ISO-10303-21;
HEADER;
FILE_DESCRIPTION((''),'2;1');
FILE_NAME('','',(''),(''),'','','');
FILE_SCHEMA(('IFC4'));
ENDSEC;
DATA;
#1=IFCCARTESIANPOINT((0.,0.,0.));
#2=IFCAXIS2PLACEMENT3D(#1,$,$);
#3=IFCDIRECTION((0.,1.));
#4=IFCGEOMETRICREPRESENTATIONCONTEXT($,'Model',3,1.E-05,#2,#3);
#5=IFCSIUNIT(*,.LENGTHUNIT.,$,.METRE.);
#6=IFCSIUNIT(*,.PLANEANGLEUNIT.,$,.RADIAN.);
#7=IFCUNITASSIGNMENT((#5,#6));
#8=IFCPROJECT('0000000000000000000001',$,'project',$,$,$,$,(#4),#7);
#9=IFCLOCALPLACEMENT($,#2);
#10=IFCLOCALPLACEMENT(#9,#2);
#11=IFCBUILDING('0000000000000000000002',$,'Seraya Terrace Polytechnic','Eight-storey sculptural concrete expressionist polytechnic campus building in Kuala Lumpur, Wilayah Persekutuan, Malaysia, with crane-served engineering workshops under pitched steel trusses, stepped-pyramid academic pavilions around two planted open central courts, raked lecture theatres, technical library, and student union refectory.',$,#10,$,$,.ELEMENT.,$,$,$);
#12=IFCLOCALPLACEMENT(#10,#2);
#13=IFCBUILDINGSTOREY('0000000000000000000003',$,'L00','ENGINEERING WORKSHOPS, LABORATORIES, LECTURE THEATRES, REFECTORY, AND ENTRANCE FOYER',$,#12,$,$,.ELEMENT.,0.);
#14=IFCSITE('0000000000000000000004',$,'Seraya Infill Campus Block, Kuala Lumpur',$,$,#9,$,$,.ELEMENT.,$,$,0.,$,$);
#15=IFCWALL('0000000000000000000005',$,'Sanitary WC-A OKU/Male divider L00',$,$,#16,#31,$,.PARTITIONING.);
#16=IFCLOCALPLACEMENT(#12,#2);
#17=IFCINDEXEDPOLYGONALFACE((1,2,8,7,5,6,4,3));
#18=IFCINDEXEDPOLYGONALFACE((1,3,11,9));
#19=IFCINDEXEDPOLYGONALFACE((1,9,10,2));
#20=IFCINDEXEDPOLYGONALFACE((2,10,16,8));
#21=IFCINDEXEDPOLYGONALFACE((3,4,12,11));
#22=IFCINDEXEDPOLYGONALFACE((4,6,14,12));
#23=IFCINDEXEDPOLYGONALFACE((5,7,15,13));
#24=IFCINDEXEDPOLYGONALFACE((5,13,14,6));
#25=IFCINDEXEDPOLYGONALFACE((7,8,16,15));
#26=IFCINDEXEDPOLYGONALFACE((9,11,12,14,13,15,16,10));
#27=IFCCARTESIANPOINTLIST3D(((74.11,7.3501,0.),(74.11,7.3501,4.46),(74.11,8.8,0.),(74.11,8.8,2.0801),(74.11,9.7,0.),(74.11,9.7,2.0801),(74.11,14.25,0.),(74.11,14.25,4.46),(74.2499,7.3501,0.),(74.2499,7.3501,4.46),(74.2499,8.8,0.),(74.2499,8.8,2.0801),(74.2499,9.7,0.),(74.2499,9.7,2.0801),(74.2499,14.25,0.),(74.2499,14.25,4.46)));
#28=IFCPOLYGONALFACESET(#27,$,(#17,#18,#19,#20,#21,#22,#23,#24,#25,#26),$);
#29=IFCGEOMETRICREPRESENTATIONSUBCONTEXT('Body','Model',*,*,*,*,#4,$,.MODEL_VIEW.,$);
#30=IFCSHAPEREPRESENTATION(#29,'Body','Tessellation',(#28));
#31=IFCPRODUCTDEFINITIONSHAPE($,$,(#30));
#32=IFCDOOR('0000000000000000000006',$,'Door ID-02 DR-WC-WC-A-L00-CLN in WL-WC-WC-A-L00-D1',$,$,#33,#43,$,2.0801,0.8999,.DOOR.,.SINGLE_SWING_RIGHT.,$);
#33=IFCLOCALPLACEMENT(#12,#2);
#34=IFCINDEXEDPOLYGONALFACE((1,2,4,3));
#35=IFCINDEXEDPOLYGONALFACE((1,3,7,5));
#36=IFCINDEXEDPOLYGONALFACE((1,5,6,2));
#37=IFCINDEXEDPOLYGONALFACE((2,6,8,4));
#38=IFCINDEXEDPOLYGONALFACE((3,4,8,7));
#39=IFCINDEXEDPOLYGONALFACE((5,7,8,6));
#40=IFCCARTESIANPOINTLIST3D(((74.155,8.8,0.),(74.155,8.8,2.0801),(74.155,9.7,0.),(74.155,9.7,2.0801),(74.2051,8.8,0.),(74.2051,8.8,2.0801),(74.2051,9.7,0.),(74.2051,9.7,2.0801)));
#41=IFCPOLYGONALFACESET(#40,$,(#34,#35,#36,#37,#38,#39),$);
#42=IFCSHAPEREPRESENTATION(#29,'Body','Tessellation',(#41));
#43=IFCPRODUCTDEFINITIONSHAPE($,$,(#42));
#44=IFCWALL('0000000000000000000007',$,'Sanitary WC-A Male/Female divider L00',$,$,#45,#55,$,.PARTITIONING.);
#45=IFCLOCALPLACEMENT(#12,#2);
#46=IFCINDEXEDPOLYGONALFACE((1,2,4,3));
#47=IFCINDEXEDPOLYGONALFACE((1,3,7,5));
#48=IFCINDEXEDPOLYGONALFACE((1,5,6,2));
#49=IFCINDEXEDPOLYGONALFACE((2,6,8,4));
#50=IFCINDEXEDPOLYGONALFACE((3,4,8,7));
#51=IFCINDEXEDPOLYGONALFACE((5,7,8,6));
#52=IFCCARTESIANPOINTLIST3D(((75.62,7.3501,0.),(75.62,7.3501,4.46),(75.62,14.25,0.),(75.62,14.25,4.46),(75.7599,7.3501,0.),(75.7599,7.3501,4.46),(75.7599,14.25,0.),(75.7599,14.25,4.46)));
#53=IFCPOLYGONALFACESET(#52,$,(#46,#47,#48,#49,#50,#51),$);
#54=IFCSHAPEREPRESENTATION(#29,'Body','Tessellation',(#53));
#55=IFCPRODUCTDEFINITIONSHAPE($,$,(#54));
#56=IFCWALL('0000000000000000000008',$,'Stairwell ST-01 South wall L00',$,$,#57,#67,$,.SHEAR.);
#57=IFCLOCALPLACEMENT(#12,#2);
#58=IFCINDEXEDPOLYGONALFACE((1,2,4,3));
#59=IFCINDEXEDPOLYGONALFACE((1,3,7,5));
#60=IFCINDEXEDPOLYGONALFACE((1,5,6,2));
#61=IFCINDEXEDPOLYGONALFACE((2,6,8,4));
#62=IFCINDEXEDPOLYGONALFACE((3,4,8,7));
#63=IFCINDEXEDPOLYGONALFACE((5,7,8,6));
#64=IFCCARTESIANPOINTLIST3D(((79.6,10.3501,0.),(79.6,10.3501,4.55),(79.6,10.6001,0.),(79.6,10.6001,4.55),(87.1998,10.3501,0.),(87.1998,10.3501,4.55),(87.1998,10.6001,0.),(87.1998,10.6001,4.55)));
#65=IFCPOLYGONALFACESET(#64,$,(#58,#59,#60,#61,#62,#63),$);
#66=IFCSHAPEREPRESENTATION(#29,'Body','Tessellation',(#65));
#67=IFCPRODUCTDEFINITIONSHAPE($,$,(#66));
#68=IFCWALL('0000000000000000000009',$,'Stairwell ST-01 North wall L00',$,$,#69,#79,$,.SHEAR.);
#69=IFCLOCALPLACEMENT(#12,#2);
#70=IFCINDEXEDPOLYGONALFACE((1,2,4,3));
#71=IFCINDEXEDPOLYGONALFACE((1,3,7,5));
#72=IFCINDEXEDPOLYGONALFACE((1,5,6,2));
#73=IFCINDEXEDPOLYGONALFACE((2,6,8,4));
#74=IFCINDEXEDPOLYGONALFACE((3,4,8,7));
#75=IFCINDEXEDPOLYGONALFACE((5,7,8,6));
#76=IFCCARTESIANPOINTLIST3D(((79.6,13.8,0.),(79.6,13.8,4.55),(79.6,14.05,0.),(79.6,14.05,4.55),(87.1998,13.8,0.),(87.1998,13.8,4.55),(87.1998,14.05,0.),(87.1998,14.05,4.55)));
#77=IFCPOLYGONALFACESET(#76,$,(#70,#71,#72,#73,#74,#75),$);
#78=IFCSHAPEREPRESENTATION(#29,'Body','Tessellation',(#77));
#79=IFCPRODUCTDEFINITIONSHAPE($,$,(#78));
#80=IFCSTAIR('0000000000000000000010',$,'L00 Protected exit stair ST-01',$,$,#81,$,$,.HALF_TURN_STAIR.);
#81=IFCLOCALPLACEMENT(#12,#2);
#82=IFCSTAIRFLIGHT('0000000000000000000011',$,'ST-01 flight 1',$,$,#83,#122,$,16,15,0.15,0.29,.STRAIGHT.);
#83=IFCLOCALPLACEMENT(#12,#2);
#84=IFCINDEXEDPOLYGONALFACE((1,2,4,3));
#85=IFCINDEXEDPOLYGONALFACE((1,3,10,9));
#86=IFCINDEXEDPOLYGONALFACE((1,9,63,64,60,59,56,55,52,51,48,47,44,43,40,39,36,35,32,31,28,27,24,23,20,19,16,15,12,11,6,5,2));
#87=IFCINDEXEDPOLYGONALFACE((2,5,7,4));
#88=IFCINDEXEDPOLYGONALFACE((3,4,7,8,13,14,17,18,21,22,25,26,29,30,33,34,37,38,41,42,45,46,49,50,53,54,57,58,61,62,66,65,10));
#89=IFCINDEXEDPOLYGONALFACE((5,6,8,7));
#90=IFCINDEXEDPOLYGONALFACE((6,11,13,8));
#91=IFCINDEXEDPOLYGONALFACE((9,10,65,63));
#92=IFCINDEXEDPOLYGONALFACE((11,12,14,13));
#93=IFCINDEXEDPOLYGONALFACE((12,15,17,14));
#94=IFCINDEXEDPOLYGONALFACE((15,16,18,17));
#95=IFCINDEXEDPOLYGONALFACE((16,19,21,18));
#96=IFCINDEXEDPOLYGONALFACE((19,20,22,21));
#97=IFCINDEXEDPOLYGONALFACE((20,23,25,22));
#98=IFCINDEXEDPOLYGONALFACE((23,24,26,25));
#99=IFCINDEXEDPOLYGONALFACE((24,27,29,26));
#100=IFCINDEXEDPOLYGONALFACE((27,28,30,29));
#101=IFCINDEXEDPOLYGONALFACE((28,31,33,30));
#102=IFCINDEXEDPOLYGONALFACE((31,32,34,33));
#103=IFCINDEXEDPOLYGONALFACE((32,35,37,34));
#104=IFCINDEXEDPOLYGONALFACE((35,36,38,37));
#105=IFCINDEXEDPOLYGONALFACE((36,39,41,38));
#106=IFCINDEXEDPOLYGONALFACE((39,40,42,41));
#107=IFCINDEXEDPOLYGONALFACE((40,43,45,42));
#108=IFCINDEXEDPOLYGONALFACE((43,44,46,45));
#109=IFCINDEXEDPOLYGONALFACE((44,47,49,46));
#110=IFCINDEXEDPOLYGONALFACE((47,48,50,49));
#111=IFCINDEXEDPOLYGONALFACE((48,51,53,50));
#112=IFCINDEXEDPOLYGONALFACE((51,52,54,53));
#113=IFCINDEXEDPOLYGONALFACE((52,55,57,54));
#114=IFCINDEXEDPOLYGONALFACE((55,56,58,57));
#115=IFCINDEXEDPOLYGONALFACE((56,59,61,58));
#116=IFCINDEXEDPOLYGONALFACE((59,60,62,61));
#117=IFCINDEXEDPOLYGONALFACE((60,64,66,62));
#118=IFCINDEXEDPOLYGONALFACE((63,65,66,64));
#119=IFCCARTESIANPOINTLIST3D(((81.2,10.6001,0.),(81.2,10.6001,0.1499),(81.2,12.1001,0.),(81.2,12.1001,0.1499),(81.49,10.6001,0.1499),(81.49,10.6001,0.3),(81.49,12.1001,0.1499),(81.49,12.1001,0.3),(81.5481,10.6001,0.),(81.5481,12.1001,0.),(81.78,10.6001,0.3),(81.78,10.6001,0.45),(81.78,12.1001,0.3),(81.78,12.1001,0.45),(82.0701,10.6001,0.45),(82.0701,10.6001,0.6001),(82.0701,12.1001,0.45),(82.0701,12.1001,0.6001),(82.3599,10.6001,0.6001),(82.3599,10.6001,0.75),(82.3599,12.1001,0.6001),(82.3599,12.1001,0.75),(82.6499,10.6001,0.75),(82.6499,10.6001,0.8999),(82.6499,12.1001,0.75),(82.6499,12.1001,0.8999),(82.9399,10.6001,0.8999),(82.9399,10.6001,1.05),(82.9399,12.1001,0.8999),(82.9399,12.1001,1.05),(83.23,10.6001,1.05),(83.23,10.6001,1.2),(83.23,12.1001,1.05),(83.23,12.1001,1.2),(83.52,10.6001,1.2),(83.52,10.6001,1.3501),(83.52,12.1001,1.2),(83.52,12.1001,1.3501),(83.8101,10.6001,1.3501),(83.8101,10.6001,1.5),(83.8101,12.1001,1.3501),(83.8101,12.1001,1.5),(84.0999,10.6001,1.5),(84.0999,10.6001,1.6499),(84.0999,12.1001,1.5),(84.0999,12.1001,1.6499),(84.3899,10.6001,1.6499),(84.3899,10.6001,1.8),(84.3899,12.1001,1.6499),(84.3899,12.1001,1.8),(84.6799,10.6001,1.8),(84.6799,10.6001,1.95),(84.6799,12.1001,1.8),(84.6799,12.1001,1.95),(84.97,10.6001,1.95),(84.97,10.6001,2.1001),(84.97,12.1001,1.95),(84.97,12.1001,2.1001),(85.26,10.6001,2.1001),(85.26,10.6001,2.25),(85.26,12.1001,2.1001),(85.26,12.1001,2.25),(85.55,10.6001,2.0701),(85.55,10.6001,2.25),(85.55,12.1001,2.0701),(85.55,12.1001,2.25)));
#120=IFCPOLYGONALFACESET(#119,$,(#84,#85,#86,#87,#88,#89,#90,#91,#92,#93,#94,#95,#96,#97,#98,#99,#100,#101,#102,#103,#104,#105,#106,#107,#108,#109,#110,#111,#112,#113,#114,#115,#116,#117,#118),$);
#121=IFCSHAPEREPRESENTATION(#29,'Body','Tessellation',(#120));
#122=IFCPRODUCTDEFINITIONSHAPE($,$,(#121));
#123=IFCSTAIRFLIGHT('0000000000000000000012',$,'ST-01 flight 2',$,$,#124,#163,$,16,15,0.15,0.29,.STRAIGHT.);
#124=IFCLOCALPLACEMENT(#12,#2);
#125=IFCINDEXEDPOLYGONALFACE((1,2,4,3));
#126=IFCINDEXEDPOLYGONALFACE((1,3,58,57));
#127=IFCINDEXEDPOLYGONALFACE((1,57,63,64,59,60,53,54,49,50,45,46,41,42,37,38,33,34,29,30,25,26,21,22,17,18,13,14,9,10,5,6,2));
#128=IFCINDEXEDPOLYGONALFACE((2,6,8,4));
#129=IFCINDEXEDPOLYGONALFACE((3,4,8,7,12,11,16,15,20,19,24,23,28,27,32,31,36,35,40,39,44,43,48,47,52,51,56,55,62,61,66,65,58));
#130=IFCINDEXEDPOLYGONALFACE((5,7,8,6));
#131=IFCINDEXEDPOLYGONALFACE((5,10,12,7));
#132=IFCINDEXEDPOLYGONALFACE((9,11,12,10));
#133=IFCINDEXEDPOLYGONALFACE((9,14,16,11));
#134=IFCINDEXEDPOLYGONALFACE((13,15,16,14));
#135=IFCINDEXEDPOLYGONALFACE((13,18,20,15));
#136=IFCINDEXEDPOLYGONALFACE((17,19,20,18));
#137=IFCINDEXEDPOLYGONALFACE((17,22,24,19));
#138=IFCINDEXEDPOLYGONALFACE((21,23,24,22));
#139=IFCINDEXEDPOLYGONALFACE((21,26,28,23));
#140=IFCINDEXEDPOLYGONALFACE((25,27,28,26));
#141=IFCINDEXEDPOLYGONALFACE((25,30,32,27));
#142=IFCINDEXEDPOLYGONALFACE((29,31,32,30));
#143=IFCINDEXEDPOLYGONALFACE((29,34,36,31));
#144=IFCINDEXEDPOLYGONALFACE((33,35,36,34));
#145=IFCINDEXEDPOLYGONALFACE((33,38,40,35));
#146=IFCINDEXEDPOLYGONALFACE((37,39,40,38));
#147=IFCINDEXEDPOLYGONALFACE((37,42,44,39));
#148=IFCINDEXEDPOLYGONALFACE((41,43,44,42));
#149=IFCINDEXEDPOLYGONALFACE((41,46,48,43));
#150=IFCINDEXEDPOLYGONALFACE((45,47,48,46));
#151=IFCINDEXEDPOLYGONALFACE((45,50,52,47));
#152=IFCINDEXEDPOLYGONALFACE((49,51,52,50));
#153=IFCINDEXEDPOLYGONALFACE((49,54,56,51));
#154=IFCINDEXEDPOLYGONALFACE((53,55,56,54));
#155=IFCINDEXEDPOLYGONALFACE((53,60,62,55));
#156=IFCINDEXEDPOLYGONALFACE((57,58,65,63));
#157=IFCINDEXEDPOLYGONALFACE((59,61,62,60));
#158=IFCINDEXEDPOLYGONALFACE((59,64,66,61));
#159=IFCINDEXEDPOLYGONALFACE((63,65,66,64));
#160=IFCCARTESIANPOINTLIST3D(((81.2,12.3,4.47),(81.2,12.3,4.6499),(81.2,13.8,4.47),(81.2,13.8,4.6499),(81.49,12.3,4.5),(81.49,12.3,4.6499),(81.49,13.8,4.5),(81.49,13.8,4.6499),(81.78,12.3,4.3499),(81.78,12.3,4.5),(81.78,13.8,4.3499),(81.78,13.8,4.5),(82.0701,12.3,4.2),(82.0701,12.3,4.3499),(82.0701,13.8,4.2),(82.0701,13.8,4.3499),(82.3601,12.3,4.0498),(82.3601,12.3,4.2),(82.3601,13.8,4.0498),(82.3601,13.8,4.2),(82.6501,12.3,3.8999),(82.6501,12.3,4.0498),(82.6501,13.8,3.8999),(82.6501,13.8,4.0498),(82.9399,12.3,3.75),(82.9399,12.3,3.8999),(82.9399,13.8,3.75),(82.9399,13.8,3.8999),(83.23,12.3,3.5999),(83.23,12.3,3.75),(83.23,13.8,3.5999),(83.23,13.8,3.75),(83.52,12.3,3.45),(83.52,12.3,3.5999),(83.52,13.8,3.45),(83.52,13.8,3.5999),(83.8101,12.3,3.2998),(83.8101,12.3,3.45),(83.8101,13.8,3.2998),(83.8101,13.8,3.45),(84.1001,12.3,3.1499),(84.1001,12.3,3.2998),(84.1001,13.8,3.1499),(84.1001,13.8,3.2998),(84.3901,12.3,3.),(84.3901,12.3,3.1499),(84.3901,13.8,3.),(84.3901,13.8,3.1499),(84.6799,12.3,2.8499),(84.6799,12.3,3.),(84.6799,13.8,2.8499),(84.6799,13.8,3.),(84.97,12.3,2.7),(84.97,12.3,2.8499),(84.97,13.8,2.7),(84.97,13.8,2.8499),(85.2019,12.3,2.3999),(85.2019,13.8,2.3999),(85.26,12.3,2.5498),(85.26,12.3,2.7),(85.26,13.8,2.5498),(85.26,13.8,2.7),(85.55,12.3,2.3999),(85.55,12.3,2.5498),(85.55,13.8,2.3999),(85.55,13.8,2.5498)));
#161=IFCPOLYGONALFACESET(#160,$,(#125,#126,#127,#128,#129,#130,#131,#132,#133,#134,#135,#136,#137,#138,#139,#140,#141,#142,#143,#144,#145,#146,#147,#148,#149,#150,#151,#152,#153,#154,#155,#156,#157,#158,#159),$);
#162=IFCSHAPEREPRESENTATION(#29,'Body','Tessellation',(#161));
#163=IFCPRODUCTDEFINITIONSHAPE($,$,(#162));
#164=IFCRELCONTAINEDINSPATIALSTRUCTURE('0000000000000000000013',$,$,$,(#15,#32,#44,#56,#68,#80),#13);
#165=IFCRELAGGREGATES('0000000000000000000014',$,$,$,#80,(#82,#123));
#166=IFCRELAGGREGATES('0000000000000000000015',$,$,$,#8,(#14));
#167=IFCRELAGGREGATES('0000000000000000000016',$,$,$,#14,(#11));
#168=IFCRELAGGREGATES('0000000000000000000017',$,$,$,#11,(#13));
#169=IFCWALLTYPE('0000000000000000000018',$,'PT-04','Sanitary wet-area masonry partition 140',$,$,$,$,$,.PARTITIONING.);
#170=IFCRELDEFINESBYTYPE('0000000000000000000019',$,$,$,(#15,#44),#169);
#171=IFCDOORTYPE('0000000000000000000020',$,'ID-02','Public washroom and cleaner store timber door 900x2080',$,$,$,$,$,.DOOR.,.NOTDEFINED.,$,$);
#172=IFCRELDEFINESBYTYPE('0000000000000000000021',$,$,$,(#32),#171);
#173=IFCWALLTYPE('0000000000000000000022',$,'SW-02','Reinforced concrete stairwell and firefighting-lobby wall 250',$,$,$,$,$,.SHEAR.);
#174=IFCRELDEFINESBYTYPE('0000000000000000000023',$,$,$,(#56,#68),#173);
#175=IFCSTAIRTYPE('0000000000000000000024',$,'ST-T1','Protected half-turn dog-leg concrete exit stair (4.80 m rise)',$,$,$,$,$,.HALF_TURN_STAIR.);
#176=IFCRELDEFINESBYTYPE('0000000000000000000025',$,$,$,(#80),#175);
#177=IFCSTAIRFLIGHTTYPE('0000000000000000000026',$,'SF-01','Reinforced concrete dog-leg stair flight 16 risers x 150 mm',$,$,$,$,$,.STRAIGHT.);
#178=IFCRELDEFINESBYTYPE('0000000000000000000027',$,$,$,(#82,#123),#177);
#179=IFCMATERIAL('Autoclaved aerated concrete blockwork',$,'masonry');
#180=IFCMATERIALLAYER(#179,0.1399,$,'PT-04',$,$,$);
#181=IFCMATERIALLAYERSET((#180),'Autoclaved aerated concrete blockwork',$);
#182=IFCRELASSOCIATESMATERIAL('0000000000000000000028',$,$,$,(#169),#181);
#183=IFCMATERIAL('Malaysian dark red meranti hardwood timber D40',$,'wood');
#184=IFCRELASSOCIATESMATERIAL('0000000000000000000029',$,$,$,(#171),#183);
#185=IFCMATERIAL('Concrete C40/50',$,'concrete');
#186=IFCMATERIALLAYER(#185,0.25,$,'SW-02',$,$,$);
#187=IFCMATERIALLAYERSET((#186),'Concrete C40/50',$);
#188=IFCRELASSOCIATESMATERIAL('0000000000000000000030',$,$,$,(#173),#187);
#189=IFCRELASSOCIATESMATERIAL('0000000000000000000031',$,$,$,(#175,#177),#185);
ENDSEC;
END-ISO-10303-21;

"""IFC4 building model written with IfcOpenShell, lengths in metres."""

from ifc_helpers import new_model, si_unit, direction, frame, frame_2d, origin, place, context, subcontext, project, spatial, polyline, rectangle, outline, extrude, material, layer, layer_set, type_object, element, fill, aggregate, save


model = new_model("IFC4")

# Units and contexts
model_context = context("Model", 3, precision=1e-05, world=origin(), true_north=direction((0.0, 1.0)))
body_context = subcontext(model_context, "Body", "Model", "MODEL_VIEW")
ifc_project = project(units=[si_unit("LENGTHUNIT", "METRE"), si_unit("PLANEANGLEUNIT", "RADIAN")], contexts=[model_context])

# Site, building, storey
site_placement = place(None, origin())
site = spatial("IfcSite", under=ifc_project, at=site_placement, Name="Seraya Infill Campus Block, Kuala Lumpur", CompositionType="ELEMENT", RefElevation=0.0)
building_placement = place(site_placement, origin())
building = spatial("IfcBuilding", under=site, at=building_placement, Name="Seraya Terrace Polytechnic", Description="Eight-storey sculptural concrete expressionist polytechnic campus building in Kuala Lumpur, Wilayah Persekutuan, Malaysia, with crane-served engineering workshops under pitched steel trusses, stepped-pyramid academic pavilions around two planted open central courts, raked lecture theatres, technical library, and student union refectory.", CompositionType="ELEMENT")
storey_placement = place(building_placement, origin())
storey = spatial("IfcBuildingStorey", under=building, at=storey_placement, Name="L00", Description="ENGINEERING WORKSHOPS, LABORATORIES, LECTURE THEATRES, REFECTORY, AND ENTRANCE FOYER", CompositionType="ELEMENT", Elevation=0.0)

# Shared definitions
ifc_material_1 = material(Name="Concrete C40/50", Category="concrete")

# Shared definitions
ifc_material_2 = material(Name="Autoclaved aerated concrete blockwork", Category="masonry")

# Shared definitions
ifc_material_3 = material(Name="Malaysian dark red meranti hardwood timber D40", Category="wood")

# Shared definitions
ifc_layer_1 = layer(ifc_material_2, 0.1399, Name="PT-04")
ifc_layer_set_1 = layer_set([ifc_layer_1], Name="Autoclaved aerated concrete blockwork")
wall_type_1 = type_object("IfcWallType", Name="PT-04", Description="Sanitary wet-area masonry partition 140", PredefinedType="PARTITIONING", material=ifc_layer_set_1)

# Wall, opening, door
wall_1_placement = place(storey_placement, frame((74.1799, 7.3501, 0.0), z_axis=(0.0, 0.0, 1.0), x_axis=(0.0, 1.0, 0.0)))
wall_1 = element("IfcWall", 1, at=wall_1_placement, inside=storey, type_object=wall_type_1, Name="Sanitary WC-A OKU/Male divider L00", PredefinedType="PARTITIONING", context=body_context, shape_type="SweptSolid", body=[
    extrude(rectangle(XDim=6.8999, YDim=0.1399, at=frame_2d((3.45, 0.0))), origin(), (0.0, 0.0, 1.0), 4.46),
])
opening_1_placement = place(wall_1_placement, frame((1.45, 0.0, 0.0)))
opening_1 = element("IfcOpeningElement", 2, at=opening_1_placement, cuts=wall_1, PredefinedType="OPENING", context=body_context, shape_type="SweptSolid", body=[
    extrude(rectangle(XDim=0.8999, YDim=2.0801, at=frame_2d((0.45, 1.04))), frame((0.0, 0.082, 0.0), z_axis=(0.0, -1.0, 0.0), x_axis=(1.0, 0.0, 0.0)), (0.0, 0.0, 1.0), 0.1638),
])
door_type_1 = type_object("IfcDoorType", Name="ID-02", Description="Public washroom and cleaner store timber door 900x2080", OperationType="NOTDEFINED", PredefinedType="DOOR", material=ifc_material_3)
door_1_placement = place(opening_1_placement, origin())
door_1 = element("IfcDoor", 3, at=door_1_placement, inside=storey, type_object=door_type_1, Name="Door ID-02 DR-WC-WC-A-L00-CLN in WL-WC-WC-A-L00-D1", OperationType="SINGLE_SWING_RIGHT", OverallHeight=2.0801, OverallWidth=0.8999, PredefinedType="DOOR", context=body_context, shape_type="SweptSolid", body=[
    extrude(rectangle(XDim=0.8999, YDim=2.0801, at=frame_2d((0.45, 1.04))), frame((0.0, 0.0249, 0.0), z_axis=(0.0, -1.0, 0.0), x_axis=(1.0, 0.0, 0.0)), (0.0, 0.0, 1.0), 0.05),
])
fill(opening_1, door_1)

# Wall
wall_2_placement = place(storey_placement, frame((75.6899, 7.3501, 0.0), z_axis=(0.0, 0.0, 1.0), x_axis=(0.0, 1.0, 0.0)))
element("IfcWall", 4, at=wall_2_placement, inside=storey, type_object=wall_type_1, Name="Sanitary WC-A Male/Female divider L00", PredefinedType="PARTITIONING", context=body_context, shape_type="SweptSolid", body=[
    extrude(rectangle(XDim=6.8999, YDim=0.1399, at=frame_2d((3.45, 0.0))), origin(), (0.0, 0.0, 1.0), 4.46),
])

# Shared definitions
ifc_layer_2 = layer(ifc_material_1, 0.25, Name="SW-02")
ifc_layer_set_2 = layer_set([ifc_layer_2], Name="Concrete C40/50")
wall_type_2 = type_object("IfcWallType", Name="SW-02", Description="Reinforced concrete stairwell and firefighting-lobby wall 250", PredefinedType="SHEAR", material=ifc_layer_set_2)

# Walls
for number, where, z_axis, x_axis, name in (
    (5, (79.6001, 10.4751, 0.0), (0.0, 0.0, 1.0), (1.0, 0.0, 0.0), "Stairwell ST-01 South wall L00"),
    (6, (79.6001, 13.925, 0.0), (0.0, 0.0, 1.0), (1.0, 0.0, 0.0), "Stairwell ST-01 North wall L00"),
):
    element("IfcWall", number, at=place(storey_placement, frame(where, z_axis=z_axis, x_axis=x_axis)), inside=storey, type_object=wall_type_2, Name=name, PredefinedType="SHEAR", context=body_context, shape_type="SweptSolid", body=[
        extrude(rectangle(XDim=7.5999, YDim=0.25, at=frame_2d((3.7998, 0.0))), origin(), (0.0, 0.0, 1.0), 4.55),
    ])

# Stair, stair flights
stair_type = type_object("IfcStairType", Name="ST-T1", Description="Protected half-turn dog-leg concrete exit stair (4.80 m rise)", PredefinedType="HALF_TURN_STAIR", material=ifc_material_1)
stair_placement = place(storey_placement, origin())
stair = element("IfcStair", 7, at=stair_placement, inside=storey, type_object=stair_type, Name="L00 Protected exit stair ST-01", PredefinedType="HALF_TURN_STAIR")
stair_flight_type = type_object("IfcStairFlightType", Name="SF-01", Description="Reinforced concrete dog-leg stair flight 16 risers x 150 mm", PredefinedType="STRAIGHT", material=ifc_material_1)
stair_flight_1_placement = place(storey_placement, frame((81.2, 11.3501, 0.0), z_axis=(0.0, 0.0, 1.0), x_axis=(1.0, 0.0, 0.0)))
stair_flight_1 = element("IfcStairFlight", 8, at=stair_flight_1_placement, type_object=stair_flight_type, Name="ST-01 flight 1", NumberOfRisers=16, NumberOfTreads=15, PredefinedType="STRAIGHT", RiserHeight=0.15, TreadLength=0.29, context=body_context, shape_type="SweptSolid", body=[
    extrude(outline(polyline([(0.0, 0.0), (0.0, 0.1499), (0.29, 0.1499), (0.29, 0.3), (0.5801, 0.3), (0.5801, 0.45), (0.8701, 0.45), (0.8701, 0.6001), (1.1599, 0.6001), (1.1599, 0.75), (1.45, 0.75), (1.45, 0.8999), (1.74, 0.8999), (1.74, 1.05), (2.03, 1.05), (2.03, 1.2), (2.3201, 1.2), (2.3201, 1.3501), (2.6101, 1.3501), (2.6101, 1.5), (2.8999, 1.5), (2.8999, 1.6499), (3.1899, 1.6499), (3.1899, 1.8), (3.48, 1.8), (3.48, 1.95), (3.77, 1.95), (3.77, 2.1001), (4.0601, 2.1001), (4.0601, 2.25), (4.3501, 2.25), (4.3501, 2.3999), (4.3501, 2.0701), (0.3481, 0.0), (0.0, 0.0)])), frame((0.0, 0.75, 0.0), z_axis=(0.0, -1.0, 0.0), x_axis=(1.0, 0.0, 0.0)), (0.0, 0.0, 1.0), 1.5),
])
stair_flight_2_placement = place(storey_placement, frame((85.55, 13.05, 2.3999), z_axis=(0.0, 0.0, 1.0), x_axis=(-1.0, 0.0, 0.0)))
stair_flight_2 = element("IfcStairFlight", 9, at=stair_flight_2_placement, type_object=stair_flight_type, Name="ST-01 flight 2", NumberOfRisers=16, NumberOfTreads=15, PredefinedType="STRAIGHT", RiserHeight=0.15, TreadLength=0.29, context=body_context, shape_type="SweptSolid", body=[
    extrude(outline(polyline([(0.0, 0.0), (0.0, 0.1499), (0.29, 0.1499), (0.29, 0.3), (0.5801, 0.3), (0.5801, 0.45), (0.8701, 0.45), (0.8701, 0.6001), (1.1599, 0.6001), (1.1599, 0.75), (1.45, 0.75), (1.45, 0.8999), (1.74, 0.8999), (1.74, 1.05), (2.03, 1.05), (2.03, 1.2), (2.3201, 1.2), (2.3201, 1.3501), (2.6101, 1.3501), (2.6101, 1.5), (2.8999, 1.5), (2.8999, 1.6499), (3.1899, 1.6499), (3.1899, 1.8), (3.48, 1.8), (3.48, 1.95), (3.77, 1.95), (3.77, 2.1001), (4.0601, 2.1001), (4.0601, 2.25), (4.3501, 2.25), (4.3501, 2.3999), (4.3501, 2.0701), (0.3481, 0.0), (0.0, 0.0)])), frame((0.0, 0.75, 0.0), z_axis=(0.0, -1.0, 0.0), x_axis=(1.0, 0.0, 0.0)), (0.0, 0.0, 1.0), 1.5),
])
aggregate(stair, [stair_flight_1, stair_flight_2])

save(model, "model.ifc")
